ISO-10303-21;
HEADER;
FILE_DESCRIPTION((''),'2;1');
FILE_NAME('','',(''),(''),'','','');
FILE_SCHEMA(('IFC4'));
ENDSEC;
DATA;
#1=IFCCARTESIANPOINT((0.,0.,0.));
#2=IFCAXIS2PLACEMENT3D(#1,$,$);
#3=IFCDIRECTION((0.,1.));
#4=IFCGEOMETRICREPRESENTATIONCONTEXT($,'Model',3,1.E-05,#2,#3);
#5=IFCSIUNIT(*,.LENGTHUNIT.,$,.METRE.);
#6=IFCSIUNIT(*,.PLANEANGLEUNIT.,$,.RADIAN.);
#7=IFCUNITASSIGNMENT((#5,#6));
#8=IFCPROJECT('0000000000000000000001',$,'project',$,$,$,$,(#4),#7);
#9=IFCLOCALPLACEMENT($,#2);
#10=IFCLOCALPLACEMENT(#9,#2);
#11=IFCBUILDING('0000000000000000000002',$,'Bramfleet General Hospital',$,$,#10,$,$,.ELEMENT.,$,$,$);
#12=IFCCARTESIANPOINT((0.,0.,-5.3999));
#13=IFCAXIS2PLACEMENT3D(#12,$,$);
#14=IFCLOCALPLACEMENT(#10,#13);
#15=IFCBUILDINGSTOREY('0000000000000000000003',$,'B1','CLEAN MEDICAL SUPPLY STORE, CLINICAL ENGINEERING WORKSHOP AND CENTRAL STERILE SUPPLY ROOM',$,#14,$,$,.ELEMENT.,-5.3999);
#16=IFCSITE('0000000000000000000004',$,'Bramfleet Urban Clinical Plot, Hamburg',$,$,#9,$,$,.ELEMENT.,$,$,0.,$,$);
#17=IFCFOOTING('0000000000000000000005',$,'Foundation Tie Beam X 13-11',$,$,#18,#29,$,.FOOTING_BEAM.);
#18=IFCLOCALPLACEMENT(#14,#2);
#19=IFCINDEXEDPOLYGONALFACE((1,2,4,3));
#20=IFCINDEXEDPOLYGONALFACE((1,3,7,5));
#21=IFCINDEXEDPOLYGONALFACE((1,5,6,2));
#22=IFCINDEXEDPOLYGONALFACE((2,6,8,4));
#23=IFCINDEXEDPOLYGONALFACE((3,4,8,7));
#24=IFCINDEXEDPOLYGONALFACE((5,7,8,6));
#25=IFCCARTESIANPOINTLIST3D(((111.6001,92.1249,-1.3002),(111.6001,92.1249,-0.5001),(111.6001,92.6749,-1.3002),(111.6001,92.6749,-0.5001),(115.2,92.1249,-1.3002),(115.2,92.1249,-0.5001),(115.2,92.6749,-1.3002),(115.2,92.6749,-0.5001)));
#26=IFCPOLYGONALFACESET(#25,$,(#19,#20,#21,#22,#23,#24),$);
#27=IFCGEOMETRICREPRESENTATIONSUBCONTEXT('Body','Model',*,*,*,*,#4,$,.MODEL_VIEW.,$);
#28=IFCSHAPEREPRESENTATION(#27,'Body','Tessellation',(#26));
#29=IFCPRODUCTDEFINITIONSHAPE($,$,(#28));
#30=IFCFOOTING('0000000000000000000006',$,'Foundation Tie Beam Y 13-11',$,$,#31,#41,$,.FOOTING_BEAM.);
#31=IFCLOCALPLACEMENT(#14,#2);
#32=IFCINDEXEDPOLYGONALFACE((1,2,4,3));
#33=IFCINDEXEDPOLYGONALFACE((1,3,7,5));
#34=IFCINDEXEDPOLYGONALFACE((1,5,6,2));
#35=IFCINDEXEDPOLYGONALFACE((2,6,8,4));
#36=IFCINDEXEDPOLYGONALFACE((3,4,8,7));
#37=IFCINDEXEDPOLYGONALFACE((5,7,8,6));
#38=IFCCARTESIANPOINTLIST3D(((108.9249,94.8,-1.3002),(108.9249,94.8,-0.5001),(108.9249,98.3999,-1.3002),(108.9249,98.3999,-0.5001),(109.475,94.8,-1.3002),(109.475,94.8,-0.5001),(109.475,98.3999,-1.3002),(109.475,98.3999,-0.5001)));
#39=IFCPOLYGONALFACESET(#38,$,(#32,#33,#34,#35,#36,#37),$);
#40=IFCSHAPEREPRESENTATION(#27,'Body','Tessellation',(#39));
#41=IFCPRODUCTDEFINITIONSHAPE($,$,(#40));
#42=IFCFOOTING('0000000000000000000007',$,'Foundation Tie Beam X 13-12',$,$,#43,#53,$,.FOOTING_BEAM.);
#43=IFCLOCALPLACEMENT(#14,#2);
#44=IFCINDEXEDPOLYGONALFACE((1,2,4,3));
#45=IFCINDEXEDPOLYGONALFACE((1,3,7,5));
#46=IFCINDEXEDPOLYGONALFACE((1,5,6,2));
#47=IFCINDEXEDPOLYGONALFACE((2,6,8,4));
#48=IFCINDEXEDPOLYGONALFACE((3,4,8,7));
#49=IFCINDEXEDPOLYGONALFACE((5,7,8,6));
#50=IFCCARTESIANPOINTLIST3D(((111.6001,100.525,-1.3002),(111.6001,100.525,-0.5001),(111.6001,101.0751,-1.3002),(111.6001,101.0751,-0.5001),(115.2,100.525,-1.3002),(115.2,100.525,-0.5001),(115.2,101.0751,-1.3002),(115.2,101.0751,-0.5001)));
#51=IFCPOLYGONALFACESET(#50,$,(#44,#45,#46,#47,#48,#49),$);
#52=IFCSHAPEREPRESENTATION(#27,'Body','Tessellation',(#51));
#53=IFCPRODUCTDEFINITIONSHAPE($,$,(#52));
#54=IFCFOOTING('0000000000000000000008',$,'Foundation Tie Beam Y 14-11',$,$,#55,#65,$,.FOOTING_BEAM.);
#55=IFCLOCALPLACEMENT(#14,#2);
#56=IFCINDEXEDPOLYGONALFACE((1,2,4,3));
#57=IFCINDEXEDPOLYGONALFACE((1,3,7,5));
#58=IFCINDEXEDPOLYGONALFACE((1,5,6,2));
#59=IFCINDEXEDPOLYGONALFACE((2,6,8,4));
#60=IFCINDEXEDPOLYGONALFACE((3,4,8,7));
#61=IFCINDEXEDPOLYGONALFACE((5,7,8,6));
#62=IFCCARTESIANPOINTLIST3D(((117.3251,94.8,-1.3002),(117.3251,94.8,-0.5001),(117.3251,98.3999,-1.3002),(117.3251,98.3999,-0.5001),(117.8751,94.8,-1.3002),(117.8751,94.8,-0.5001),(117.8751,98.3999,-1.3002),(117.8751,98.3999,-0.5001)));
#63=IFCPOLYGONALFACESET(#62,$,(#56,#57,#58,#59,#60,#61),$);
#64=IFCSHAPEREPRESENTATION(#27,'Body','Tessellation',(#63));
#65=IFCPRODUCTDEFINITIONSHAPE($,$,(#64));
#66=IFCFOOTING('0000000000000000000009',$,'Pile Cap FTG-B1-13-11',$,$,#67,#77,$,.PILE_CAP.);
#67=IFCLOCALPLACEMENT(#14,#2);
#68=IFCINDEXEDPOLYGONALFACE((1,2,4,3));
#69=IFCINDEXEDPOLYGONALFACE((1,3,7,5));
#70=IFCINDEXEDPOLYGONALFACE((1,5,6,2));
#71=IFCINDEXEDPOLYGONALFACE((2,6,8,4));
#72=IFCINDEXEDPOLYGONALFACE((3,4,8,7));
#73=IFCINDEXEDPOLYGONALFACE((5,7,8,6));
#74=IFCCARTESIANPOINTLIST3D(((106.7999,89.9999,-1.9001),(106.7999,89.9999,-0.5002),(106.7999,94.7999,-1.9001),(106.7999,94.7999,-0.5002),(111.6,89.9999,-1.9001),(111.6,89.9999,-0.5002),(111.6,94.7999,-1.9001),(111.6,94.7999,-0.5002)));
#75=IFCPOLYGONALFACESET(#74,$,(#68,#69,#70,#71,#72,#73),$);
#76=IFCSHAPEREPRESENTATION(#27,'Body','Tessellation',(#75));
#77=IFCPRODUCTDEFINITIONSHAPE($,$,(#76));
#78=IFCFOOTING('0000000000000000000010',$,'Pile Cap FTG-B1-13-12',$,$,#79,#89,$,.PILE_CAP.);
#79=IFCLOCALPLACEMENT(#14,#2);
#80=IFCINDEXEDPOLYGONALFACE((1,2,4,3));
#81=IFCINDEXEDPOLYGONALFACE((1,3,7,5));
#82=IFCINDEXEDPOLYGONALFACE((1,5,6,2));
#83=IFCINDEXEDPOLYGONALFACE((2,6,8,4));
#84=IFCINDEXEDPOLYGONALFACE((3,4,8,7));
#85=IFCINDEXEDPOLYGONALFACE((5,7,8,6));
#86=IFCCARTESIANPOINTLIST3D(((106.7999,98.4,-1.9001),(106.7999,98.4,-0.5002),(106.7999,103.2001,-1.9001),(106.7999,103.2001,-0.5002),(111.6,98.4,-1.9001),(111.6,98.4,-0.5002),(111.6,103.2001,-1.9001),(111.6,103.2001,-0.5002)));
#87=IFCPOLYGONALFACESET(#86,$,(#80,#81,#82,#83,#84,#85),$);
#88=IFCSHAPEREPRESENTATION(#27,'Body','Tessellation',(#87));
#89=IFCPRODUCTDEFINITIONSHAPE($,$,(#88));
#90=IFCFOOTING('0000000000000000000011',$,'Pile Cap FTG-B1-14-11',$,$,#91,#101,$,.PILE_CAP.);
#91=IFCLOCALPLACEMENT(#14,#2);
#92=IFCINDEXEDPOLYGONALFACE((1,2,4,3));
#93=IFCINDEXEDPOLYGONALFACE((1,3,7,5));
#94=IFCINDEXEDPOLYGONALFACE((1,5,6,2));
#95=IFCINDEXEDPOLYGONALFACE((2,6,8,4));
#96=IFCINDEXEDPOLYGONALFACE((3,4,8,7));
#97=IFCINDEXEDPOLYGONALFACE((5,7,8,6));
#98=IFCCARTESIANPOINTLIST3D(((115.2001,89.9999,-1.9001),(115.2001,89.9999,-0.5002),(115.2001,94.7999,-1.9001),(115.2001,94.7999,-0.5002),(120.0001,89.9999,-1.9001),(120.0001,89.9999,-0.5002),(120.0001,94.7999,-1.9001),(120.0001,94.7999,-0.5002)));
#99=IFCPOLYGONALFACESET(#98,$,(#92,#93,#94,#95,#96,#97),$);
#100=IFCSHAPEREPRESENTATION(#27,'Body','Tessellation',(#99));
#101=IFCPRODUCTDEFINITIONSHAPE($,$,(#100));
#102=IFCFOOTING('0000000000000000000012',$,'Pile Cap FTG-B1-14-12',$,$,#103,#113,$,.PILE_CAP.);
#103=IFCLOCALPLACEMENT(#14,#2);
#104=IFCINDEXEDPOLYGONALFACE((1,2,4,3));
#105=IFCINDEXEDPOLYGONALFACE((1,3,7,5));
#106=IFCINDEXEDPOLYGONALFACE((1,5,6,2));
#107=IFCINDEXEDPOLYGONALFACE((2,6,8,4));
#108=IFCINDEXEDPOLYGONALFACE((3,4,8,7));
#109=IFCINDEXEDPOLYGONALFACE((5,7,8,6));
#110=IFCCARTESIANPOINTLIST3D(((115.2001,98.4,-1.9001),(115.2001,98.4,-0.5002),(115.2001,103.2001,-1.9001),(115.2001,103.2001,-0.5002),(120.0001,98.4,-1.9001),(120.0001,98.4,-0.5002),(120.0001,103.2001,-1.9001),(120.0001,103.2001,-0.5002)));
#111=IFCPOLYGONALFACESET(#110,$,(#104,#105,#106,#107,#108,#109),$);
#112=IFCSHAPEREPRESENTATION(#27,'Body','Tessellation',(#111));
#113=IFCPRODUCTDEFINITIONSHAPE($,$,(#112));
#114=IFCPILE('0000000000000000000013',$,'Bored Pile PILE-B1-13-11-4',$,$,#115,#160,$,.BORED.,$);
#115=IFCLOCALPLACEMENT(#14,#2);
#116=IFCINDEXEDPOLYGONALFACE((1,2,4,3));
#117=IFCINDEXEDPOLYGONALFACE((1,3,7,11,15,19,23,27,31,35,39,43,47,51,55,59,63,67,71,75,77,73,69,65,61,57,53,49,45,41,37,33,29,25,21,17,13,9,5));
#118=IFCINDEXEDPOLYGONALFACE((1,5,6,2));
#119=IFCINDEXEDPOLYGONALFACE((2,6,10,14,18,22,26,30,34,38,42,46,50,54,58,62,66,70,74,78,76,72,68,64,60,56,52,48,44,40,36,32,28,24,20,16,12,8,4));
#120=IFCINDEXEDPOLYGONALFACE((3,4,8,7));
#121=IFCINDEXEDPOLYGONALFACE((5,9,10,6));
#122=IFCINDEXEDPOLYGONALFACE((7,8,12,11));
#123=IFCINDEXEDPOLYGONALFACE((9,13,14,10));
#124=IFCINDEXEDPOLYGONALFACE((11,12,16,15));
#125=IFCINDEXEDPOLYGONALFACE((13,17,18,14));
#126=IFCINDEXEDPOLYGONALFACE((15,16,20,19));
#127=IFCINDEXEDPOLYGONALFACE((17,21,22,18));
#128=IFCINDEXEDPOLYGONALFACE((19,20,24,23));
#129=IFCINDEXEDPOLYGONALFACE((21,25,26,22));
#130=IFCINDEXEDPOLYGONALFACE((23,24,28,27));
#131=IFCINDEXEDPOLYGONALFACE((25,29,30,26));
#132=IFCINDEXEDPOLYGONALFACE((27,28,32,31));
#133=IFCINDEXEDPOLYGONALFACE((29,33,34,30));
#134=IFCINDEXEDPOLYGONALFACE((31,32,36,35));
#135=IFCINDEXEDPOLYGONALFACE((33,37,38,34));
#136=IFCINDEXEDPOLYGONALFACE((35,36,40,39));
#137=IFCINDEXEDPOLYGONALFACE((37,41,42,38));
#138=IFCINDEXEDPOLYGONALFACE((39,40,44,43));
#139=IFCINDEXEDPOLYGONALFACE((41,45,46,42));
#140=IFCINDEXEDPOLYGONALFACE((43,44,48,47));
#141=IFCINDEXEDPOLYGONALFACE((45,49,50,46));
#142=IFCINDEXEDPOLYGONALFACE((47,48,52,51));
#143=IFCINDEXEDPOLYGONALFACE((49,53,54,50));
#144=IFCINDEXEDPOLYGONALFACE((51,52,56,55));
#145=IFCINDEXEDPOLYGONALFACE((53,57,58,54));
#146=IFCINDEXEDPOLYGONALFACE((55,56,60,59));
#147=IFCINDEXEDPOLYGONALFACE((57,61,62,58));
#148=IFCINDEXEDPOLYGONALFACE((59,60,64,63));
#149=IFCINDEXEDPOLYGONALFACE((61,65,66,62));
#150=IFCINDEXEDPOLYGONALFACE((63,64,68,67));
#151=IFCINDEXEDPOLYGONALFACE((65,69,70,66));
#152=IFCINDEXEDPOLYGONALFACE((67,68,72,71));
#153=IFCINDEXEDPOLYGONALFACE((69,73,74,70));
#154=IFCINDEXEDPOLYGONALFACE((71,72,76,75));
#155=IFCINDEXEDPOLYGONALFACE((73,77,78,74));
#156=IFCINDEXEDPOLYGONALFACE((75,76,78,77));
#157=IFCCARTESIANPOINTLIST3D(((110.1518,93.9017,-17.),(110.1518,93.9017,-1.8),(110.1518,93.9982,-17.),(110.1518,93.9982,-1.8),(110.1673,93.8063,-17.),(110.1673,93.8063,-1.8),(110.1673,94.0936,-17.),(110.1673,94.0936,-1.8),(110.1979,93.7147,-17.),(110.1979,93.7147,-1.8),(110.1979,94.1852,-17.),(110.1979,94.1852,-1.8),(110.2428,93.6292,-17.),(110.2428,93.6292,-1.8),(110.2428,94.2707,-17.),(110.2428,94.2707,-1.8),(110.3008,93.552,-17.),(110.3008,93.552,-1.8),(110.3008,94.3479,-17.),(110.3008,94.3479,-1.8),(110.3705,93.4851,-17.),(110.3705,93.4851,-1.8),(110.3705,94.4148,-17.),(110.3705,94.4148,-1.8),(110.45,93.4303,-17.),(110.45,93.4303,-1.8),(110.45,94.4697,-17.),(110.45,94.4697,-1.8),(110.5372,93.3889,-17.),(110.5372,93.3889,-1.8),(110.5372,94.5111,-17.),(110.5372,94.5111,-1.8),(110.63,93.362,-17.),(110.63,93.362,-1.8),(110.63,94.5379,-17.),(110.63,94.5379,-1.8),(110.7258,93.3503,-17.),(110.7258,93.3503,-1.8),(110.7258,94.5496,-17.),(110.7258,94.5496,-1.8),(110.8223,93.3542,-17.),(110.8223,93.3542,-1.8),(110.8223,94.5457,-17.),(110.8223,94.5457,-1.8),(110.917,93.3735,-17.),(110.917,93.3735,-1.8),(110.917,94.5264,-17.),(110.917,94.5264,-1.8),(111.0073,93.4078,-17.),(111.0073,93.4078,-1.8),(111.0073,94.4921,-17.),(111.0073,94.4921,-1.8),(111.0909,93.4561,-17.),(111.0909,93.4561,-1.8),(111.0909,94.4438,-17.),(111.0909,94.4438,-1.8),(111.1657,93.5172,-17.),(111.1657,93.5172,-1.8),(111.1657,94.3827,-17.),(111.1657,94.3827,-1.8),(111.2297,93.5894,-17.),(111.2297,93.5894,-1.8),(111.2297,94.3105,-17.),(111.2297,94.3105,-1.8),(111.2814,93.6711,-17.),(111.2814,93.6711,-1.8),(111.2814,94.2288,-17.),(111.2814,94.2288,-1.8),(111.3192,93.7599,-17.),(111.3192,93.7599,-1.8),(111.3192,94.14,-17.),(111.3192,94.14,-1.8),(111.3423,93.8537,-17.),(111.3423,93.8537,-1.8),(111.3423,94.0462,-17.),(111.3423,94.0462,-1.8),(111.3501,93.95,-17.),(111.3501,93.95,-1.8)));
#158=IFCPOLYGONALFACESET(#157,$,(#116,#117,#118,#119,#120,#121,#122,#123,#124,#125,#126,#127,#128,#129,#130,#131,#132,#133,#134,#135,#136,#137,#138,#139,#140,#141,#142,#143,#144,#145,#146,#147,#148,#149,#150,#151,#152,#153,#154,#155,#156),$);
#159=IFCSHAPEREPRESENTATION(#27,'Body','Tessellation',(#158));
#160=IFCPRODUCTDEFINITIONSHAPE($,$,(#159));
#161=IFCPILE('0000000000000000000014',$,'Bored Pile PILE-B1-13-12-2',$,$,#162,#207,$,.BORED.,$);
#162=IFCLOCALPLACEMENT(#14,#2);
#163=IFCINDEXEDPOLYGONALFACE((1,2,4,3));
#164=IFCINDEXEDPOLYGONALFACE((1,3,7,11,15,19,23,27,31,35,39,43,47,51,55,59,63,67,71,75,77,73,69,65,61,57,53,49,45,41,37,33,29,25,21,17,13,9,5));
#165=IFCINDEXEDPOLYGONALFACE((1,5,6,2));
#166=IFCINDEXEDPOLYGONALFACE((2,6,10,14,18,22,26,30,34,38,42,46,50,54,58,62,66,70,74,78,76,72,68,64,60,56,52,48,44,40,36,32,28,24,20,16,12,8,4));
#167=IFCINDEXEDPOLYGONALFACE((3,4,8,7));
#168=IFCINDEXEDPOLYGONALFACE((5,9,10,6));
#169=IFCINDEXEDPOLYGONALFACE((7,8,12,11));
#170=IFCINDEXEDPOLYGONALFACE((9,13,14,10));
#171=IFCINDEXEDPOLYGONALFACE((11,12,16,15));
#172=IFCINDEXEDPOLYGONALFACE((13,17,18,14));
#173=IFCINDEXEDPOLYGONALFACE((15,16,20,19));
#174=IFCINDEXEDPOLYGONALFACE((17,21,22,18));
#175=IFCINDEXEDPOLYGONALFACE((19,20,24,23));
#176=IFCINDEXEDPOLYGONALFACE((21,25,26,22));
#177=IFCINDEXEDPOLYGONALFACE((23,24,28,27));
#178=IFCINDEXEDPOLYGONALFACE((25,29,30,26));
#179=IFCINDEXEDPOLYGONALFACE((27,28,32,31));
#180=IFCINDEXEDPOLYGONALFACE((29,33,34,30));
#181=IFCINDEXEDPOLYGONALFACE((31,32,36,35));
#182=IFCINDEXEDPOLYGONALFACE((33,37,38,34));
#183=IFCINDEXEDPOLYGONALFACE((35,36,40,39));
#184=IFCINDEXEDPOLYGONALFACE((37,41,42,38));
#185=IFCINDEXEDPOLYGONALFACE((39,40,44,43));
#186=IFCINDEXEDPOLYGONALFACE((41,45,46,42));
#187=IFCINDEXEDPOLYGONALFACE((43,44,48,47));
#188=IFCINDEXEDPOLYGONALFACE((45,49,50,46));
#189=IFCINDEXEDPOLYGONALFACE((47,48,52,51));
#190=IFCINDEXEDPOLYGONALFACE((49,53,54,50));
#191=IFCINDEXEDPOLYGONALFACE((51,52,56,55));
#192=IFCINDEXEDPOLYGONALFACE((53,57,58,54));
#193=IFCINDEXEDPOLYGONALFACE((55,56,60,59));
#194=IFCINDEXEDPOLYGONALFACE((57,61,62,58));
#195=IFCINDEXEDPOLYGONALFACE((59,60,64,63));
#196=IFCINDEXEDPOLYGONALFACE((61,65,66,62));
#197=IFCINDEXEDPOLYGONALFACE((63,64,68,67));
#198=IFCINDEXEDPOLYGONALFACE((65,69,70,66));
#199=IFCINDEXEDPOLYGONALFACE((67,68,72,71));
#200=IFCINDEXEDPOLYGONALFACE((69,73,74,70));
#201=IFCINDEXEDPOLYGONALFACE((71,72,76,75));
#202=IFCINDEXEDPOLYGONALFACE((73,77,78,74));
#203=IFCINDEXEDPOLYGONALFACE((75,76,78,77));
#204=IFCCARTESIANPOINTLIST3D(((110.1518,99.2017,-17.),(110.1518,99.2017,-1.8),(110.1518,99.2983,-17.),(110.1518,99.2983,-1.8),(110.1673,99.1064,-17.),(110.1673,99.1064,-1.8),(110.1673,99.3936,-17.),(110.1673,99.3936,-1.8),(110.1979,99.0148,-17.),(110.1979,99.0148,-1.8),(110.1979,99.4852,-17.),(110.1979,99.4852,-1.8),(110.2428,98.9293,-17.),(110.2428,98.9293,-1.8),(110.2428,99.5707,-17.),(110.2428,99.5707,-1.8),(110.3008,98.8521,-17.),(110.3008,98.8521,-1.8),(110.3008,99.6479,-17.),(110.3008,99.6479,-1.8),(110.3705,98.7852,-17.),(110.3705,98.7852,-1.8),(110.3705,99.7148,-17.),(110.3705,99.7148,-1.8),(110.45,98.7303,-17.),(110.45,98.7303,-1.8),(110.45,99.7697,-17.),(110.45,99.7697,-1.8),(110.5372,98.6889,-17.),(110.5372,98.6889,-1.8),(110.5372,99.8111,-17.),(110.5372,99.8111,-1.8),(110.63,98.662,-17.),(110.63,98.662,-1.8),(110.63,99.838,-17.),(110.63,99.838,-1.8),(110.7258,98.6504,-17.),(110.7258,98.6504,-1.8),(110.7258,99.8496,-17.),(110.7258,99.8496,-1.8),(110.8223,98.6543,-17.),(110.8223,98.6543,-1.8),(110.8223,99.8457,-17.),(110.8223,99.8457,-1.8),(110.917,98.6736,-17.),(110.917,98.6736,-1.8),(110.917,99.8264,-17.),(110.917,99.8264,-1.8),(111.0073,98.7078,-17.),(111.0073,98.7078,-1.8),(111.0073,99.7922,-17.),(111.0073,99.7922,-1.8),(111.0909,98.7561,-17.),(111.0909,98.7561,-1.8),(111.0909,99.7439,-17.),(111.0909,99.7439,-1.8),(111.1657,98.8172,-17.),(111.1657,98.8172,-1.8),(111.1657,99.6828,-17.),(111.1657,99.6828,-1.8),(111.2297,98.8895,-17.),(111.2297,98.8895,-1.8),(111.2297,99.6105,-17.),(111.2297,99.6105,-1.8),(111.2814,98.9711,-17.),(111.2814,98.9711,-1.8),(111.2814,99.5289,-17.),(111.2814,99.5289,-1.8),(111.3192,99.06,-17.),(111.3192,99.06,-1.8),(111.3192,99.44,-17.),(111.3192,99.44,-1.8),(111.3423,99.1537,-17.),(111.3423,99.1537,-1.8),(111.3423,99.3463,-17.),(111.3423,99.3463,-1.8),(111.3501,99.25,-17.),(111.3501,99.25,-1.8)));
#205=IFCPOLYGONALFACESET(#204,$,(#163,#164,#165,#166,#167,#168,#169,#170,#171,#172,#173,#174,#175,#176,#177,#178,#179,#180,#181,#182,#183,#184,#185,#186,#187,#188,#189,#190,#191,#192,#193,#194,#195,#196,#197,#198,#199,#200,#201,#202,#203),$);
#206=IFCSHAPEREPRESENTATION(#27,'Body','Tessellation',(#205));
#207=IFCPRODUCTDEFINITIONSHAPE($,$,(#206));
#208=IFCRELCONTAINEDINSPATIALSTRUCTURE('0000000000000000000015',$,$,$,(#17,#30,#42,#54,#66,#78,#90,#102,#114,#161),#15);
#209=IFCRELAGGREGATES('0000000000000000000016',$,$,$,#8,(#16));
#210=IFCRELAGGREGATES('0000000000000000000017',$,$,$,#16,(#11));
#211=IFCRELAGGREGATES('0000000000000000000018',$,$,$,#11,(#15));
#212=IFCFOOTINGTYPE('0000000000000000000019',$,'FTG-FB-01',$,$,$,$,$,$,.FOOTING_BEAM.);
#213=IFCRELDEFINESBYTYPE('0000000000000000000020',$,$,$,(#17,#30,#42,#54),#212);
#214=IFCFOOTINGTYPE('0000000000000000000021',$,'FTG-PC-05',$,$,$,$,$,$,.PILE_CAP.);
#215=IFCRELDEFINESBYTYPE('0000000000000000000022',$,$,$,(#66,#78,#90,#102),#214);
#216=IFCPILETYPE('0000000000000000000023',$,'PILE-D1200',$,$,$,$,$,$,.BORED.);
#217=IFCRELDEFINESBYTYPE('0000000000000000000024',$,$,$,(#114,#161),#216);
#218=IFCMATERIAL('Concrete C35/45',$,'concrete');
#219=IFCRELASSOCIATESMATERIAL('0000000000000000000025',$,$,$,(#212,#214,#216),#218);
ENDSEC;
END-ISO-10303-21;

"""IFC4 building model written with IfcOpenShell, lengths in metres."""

from ifc_helpers import new_model, si_unit, direction, frame, origin, origin_2d, place, context, subcontext, project, spatial, rectangle, circle, extrude, material, material_profile, profile_set, type_object, element, save


model = new_model("IFC4")

# Units and contexts
model_context = context("Model", 3, precision=1e-05, world=origin(), true_north=direction((0.0, 1.0)))
body_context = subcontext(model_context, "Body", "Model", "MODEL_VIEW")
ifc_project = project(units=[si_unit("LENGTHUNIT", "METRE"), si_unit("PLANEANGLEUNIT", "RADIAN")], contexts=[model_context])

# Site, building, storey
site_placement = place(None, origin())
site = spatial("IfcSite", under=ifc_project, at=site_placement, Name="Bramfleet Urban Clinical Plot, Hamburg", CompositionType="ELEMENT", RefElevation=0.0)
building_placement = place(site_placement, origin())
building = spatial("IfcBuilding", under=site, at=building_placement, Name="Bramfleet General Hospital", CompositionType="ELEMENT")
storey_placement = place(building_placement, frame((0.0, 0.0, -5.3999)))
storey = spatial("IfcBuildingStorey", under=building, at=storey_placement, Name="B1", Description="CLEAN MEDICAL SUPPLY STORE, CLINICAL ENGINEERING WORKSHOP AND CENTRAL STERILE SUPPLY ROOM", CompositionType="ELEMENT", Elevation=-5.3999)

# Footings
ifc_material_1 = material(Name="Concrete C35/45", Category="concrete")
ifc_material_profile_1 = material_profile(ifc_material_1, rectangle(XDim=0.55, YDim=0.8, at=origin_2d()), Name="RC FB 800x550")
ifc_profile_set_1 = profile_set([ifc_material_profile_1], Name="Concrete C35/45")
footing_type_1 = type_object("IfcFootingType", Name="FTG-FB-01", PredefinedType="FOOTING_BEAM", material=ifc_profile_set_1)
for number, where, z_axis, x_axis, name in (
    (1, (111.6001, 92.3999, -0.9001), (1.0, 0.0, 0.0), (0.0, 1.0, 0.0), "Foundation Tie Beam X 13-11"),
    (2, (109.2, 94.8, -0.9001), (0.0, 1.0, 0.0), (-1.0, 0.0, 0.0), "Foundation Tie Beam Y 13-11"),
    (3, (111.6001, 100.8, -0.9001), (1.0, 0.0, 0.0), (0.0, 1.0, 0.0), "Foundation Tie Beam X 13-12"),
    (4, (117.6001, 94.8, -0.9001), (0.0, 1.0, 0.0), (-1.0, 0.0, 0.0), "Foundation Tie Beam Y 14-11"),
):
    element("IfcFooting", number, at=place(storey_placement, frame(where, z_axis=z_axis, x_axis=x_axis)), inside=storey, type_object=footing_type_1, Name=name, PredefinedType="FOOTING_BEAM", context=body_context, shape_type="SweptSolid", body=[
        extrude(rectangle(XDim=0.55, YDim=0.8, at=origin_2d()), origin(), (0.0, 0.0, 1.0), 3.5999),
    ])
footing_type_2 = type_object("IfcFootingType", Name="FTG-PC-05", PredefinedType="PILE_CAP", material=ifc_material_1)
for number, where, z_axis, x_axis, name in (
    (5, (109.2, 92.3999, -1.9001), (0.0, 0.0, 1.0), (1.0, 0.0, 0.0), "Pile Cap FTG-B1-13-11"),
    (6, (109.2, 100.8, -1.9001), (0.0, 0.0, 1.0), (1.0, 0.0, 0.0), "Pile Cap FTG-B1-13-12"),
    (7, (117.6001, 92.3999, -1.9001), (0.0, 0.0, 1.0), (1.0, 0.0, 0.0), "Pile Cap FTG-B1-14-11"),
    (8, (117.6001, 100.8, -1.9001), (0.0, 0.0, 1.0), (1.0, 0.0, 0.0), "Pile Cap FTG-B1-14-12"),
):
    element("IfcFooting", number, at=place(storey_placement, frame(where, z_axis=z_axis, x_axis=x_axis)), inside=storey, type_object=footing_type_2, Name=name, PredefinedType="PILE_CAP", context=body_context, shape_type="SweptSolid", body=[
        extrude(rectangle(XDim=4.8, YDim=4.8, at=origin_2d()), origin(), (0.0, 0.0, 1.0), 1.3999),
    ])

# Piles
ifc_material_profile_2 = material_profile(ifc_material_1, circle(Radius=0.6001, at=origin_2d()), Name="PILE BORED D1200")
ifc_profile_set_2 = profile_set([ifc_material_profile_2], Name="Concrete C35/45")
pile_type = type_object("IfcPileType", Name="PILE-D1200", PredefinedType="BORED", material=ifc_profile_set_2)
for number, where, z_axis, x_axis, name in (
    (9, (110.75, 93.95, -1.8), (0.0, 0.0, -1.0), (1.0, 0.0, 0.0), "Bored Pile PILE-B1-13-11-4"),
    (10, (110.75, 99.25, -1.8), (0.0, 0.0, -1.0), (1.0, 0.0, 0.0), "Bored Pile PILE-B1-13-12-2"),
):
    element("IfcPile", number, at=place(storey_placement, frame(where, z_axis=z_axis, x_axis=x_axis)), inside=storey, type_object=pile_type, Name=name, PredefinedType="BORED", context=body_context, shape_type="SweptSolid", body=[
        extrude(circle(Radius=0.6001, at=origin_2d()), origin(), (0.0, 0.0, 1.0), 15.2),
    ])

save(model, "model.ifc")
